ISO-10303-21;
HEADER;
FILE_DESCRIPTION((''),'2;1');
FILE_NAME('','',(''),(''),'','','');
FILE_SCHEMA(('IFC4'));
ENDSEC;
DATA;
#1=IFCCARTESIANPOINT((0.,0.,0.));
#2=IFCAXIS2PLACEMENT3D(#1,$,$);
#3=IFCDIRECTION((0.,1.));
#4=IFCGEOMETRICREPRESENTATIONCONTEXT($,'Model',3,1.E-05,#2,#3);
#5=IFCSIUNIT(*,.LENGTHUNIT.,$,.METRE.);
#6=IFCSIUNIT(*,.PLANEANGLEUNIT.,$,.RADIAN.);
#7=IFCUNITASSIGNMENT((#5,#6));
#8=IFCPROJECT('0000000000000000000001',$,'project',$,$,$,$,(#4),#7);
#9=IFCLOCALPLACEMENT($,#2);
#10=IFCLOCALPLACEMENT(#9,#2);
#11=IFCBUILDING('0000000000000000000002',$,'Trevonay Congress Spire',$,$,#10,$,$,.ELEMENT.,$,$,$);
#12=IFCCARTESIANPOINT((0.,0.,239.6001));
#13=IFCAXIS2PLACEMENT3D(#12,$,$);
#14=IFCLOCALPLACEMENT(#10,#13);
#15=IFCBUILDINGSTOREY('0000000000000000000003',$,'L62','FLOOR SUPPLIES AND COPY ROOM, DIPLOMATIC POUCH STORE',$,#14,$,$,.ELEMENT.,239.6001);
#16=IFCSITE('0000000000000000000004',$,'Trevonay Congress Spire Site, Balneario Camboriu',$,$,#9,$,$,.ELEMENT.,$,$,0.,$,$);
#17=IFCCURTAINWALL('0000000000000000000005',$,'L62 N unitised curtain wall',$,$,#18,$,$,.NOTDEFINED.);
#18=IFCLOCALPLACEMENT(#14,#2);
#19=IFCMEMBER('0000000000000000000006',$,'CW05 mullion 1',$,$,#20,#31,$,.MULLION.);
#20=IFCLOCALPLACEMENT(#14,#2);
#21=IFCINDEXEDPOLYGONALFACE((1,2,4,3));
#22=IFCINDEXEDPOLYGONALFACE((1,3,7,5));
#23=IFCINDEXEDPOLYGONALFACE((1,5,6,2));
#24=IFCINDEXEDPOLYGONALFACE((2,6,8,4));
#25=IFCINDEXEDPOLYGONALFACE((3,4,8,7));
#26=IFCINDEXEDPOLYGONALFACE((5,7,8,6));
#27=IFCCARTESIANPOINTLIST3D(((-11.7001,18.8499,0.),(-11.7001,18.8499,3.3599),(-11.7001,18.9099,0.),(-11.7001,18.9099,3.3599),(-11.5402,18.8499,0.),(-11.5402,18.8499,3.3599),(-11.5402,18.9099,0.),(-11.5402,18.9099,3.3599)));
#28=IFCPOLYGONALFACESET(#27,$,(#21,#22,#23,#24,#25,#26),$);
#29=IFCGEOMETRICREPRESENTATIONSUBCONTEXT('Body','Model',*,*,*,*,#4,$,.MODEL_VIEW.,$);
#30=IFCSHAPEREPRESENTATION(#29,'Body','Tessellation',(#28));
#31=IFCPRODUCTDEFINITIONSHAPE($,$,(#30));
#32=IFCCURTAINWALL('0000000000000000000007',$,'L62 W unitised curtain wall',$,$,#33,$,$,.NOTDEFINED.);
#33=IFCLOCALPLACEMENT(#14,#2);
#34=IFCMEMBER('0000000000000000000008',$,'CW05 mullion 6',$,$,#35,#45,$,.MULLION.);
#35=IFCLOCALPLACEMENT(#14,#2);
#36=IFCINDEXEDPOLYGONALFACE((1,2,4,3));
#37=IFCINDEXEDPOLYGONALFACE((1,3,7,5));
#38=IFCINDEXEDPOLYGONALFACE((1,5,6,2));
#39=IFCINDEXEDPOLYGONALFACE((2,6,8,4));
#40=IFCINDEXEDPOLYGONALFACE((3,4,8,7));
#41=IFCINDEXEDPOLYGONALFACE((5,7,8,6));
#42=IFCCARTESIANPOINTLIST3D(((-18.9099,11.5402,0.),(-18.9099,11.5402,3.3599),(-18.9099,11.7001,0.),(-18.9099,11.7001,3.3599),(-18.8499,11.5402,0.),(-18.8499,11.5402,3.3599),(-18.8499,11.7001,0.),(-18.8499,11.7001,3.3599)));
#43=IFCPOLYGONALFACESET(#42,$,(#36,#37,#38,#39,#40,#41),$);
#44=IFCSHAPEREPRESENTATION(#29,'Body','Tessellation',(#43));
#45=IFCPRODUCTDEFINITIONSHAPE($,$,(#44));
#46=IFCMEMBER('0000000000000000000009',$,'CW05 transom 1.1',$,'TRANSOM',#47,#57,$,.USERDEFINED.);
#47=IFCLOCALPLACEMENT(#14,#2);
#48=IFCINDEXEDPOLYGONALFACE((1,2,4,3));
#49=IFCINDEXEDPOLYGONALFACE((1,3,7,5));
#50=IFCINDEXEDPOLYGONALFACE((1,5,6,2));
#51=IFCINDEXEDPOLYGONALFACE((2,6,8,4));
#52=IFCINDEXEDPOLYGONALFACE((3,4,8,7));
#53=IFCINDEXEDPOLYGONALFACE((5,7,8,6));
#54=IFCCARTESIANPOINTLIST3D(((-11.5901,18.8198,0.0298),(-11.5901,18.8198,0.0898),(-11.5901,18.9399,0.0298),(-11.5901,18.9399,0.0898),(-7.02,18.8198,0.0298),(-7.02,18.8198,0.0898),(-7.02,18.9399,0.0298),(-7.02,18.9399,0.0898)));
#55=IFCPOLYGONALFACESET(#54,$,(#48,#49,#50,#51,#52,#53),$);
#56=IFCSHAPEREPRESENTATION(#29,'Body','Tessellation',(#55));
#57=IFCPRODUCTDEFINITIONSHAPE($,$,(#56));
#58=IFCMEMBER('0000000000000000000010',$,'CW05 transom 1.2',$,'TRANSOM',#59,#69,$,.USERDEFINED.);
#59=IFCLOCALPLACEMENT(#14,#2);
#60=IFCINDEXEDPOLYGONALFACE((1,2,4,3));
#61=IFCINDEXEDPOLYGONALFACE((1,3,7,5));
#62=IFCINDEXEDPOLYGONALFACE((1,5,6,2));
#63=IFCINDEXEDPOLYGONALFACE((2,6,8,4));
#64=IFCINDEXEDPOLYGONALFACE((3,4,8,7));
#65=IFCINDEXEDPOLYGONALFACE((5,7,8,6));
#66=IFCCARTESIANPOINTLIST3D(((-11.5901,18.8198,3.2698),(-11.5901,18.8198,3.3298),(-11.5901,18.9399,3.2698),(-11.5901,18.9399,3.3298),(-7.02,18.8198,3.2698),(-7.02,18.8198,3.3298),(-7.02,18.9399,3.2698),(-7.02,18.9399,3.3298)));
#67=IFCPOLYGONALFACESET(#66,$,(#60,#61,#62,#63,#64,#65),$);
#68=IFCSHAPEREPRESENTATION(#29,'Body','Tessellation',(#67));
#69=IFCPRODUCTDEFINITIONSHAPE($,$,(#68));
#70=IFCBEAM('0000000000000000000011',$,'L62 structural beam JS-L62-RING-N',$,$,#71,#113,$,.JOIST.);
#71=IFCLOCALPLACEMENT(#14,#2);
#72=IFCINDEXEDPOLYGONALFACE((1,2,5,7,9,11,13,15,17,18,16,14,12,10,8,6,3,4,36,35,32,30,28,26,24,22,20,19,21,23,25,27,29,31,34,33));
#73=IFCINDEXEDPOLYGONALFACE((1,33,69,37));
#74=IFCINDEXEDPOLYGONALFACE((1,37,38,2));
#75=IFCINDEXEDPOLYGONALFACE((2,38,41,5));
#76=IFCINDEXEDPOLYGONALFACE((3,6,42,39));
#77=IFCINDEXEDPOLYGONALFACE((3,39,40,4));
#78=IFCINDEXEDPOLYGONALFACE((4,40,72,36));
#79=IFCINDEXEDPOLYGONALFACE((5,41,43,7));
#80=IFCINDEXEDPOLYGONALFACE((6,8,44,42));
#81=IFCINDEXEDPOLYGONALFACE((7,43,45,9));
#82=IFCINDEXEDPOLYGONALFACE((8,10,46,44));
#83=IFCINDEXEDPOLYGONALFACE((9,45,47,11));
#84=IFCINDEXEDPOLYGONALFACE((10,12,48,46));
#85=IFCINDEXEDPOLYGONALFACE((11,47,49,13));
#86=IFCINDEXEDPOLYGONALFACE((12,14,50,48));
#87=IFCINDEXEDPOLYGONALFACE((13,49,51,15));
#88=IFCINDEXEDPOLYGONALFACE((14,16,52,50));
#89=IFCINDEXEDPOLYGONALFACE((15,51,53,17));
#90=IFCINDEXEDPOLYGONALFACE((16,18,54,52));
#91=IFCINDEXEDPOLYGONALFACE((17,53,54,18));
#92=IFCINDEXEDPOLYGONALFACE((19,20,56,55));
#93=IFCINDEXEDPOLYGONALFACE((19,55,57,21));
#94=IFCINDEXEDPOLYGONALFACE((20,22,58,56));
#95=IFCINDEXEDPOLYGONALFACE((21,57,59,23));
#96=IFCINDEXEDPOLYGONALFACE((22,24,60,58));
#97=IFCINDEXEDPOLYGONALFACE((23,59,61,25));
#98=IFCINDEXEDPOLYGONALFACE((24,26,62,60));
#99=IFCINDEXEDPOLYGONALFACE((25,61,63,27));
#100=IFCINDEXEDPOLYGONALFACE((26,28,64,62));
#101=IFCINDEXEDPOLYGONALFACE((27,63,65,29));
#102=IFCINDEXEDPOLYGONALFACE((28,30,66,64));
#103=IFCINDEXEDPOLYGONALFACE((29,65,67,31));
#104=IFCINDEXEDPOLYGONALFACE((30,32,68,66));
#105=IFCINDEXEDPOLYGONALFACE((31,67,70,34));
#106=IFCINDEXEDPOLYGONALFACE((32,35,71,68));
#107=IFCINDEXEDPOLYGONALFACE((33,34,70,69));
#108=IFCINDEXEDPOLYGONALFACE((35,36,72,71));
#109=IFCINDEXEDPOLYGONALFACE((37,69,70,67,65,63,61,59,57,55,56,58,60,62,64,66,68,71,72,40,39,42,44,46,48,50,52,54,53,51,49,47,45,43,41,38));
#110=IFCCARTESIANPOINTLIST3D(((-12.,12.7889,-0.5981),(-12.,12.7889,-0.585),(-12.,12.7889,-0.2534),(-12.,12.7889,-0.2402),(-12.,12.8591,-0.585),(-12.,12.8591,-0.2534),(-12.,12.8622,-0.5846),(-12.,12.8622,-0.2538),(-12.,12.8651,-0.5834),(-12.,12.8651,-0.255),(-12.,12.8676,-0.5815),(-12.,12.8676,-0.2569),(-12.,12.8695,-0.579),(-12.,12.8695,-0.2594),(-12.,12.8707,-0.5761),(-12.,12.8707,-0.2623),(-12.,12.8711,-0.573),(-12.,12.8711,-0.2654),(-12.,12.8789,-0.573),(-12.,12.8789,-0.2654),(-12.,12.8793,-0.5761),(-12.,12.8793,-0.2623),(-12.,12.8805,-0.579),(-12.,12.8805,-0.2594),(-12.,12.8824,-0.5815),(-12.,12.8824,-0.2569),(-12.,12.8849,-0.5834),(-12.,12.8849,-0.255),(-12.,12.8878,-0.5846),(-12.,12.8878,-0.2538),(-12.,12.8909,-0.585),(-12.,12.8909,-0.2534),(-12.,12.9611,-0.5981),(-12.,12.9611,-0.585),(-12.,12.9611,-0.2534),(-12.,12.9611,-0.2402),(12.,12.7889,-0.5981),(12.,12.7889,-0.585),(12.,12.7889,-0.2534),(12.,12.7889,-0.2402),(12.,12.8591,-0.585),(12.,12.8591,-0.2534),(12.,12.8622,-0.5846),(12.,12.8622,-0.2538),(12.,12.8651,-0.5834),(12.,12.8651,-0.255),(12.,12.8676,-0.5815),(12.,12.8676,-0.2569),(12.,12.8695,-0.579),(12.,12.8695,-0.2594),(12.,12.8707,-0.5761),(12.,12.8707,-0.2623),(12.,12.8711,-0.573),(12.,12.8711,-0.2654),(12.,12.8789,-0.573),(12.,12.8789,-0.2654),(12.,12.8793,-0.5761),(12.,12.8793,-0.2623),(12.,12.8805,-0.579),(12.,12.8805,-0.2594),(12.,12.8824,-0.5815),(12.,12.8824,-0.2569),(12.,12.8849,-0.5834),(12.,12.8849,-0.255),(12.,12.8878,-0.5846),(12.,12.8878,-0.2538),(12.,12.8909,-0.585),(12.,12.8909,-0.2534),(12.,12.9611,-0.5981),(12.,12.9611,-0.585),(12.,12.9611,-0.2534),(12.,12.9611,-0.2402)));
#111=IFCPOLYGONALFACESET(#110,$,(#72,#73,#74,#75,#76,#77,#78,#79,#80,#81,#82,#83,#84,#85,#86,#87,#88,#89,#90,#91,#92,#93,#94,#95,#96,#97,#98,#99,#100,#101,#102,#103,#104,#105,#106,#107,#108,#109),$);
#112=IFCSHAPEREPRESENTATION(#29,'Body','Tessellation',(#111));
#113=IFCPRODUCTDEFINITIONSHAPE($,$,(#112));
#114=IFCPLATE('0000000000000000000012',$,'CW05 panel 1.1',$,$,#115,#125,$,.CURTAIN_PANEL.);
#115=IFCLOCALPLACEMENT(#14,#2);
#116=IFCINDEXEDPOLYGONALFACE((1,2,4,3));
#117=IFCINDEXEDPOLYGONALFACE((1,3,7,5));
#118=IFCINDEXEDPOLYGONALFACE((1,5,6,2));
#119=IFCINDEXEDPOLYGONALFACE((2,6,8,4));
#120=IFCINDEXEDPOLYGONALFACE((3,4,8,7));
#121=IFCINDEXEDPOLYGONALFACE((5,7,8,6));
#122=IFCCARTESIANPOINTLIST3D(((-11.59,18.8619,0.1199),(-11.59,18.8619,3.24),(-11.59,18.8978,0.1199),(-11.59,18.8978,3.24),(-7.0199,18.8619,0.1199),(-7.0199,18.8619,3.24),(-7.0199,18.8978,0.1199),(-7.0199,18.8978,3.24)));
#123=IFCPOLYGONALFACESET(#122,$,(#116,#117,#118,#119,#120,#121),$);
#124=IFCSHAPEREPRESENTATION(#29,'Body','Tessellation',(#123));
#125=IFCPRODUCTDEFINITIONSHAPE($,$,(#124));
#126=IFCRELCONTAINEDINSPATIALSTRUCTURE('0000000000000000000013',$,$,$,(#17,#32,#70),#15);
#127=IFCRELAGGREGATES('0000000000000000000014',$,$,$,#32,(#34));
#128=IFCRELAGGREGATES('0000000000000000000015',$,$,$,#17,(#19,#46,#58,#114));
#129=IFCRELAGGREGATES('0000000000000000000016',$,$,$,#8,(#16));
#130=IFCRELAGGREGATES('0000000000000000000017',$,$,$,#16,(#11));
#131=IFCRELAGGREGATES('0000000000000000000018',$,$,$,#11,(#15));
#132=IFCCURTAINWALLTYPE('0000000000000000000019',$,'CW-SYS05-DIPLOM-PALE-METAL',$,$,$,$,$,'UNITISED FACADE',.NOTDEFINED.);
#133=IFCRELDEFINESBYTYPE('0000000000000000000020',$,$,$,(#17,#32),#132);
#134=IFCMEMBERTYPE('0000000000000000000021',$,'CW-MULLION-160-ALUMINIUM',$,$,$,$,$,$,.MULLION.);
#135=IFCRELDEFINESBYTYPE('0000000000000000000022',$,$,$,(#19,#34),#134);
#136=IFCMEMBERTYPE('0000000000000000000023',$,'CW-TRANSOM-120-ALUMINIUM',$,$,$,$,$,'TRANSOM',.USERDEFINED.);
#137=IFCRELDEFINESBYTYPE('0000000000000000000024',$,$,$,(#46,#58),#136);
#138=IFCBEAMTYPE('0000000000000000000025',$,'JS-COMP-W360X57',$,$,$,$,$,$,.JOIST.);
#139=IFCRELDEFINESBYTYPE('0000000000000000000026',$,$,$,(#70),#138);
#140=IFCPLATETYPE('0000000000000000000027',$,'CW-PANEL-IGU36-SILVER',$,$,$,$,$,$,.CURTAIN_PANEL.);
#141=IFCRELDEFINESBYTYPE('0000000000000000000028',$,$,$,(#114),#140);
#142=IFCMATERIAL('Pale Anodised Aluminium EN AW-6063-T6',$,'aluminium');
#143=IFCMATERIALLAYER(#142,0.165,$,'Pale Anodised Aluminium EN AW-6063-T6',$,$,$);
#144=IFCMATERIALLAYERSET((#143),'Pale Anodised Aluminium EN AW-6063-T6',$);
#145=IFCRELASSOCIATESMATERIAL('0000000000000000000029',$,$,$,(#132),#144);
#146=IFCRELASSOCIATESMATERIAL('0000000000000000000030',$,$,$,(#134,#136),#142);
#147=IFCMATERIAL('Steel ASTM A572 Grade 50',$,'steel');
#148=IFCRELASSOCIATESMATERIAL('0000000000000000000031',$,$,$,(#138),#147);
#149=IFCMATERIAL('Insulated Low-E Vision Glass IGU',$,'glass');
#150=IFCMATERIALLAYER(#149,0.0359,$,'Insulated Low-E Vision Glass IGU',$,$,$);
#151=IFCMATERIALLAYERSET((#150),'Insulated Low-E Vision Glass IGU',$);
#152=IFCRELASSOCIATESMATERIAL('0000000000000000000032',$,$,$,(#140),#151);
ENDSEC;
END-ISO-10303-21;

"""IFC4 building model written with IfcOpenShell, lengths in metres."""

from ifc_helpers import new_model, si_unit, direction, frame, origin, origin_2d, place, context, subcontext, project, spatial, rectangle, i_section, extrude, material, layer, layer_set, material_profile, profile_set, type_object, element, aggregate, save


model = new_model("IFC4")

# Units and contexts
model_context = context("Model", 3, precision=1e-05, world=origin(), true_north=direction((0.0, 1.0)))
body_context = subcontext(model_context, "Body", "Model", "MODEL_VIEW")
ifc_project = project(units=[si_unit("LENGTHUNIT", "METRE"), si_unit("PLANEANGLEUNIT", "RADIAN")], contexts=[model_context])

# Site, building, storey
site_placement = place(None, origin())
site = spatial("IfcSite", under=ifc_project, at=site_placement, Name="Trevonay Congress Spire Site, Balneario Camboriu", CompositionType="ELEMENT", RefElevation=0.0)
building_placement = place(site_placement, origin())
building = spatial("IfcBuilding", under=site, at=building_placement, Name="Trevonay Congress Spire", CompositionType="ELEMENT")
storey_placement = place(building_placement, frame((0.0, 0.0, 239.6001)))
storey = spatial("IfcBuildingStorey", under=building, at=storey_placement, Name="L62", Description="FLOOR SUPPLIES AND COPY ROOM, DIPLOMATIC POUCH STORE", CompositionType="ELEMENT", Elevation=239.6001)

# Shared definitions
ifc_material_1 = material(Name="Steel ASTM A572 Grade 50", Category="steel")

# Curtain walls, members
ifc_material_2 = material(Name="Pale Anodised Aluminium EN AW-6063-T6", Category="aluminium")
ifc_layer_1 = layer(ifc_material_2, 0.165, Name="Pale Anodised Aluminium EN AW-6063-T6")
ifc_layer_set_1 = layer_set([ifc_layer_1], Name="Pale Anodised Aluminium EN AW-6063-T6")
curtain_wall_type = type_object("IfcCurtainWallType", Name="CW-SYS05-DIPLOM-PALE-METAL", ElementType="UNITISED FACADE", PredefinedType="NOTDEFINED", material=ifc_layer_set_1)
curtain_wall_1_placement = place(storey_placement, origin())
curtain_wall_1 = element("IfcCurtainWall", 1, at=curtain_wall_1_placement, inside=storey, type_object=curtain_wall_type, Name="L62 N unitised curtain wall", PredefinedType="NOTDEFINED")
ifc_material_profile_1 = material_profile(ifc_material_2, rectangle(XDim=0.0601, YDim=0.1599, at=origin_2d()), Name="CW-MULLION-160-ALUMINIUM")
ifc_profile_set_1 = profile_set([ifc_material_profile_1], Name="Pale Anodised Aluminium EN AW-6063-T6")
member_type_1 = type_object("IfcMemberType", Name="CW-MULLION-160-ALUMINIUM", PredefinedType="MULLION", material=ifc_profile_set_1)
member_1_placement = place(storey_placement, frame((-11.6201, 18.8799, 0.0), z_axis=(0.0, 0.0, 1.0), x_axis=(0.0, 1.0, 0.0)))
member_1 = element("IfcMember", 2, at=member_1_placement, type_object=member_type_1, Name="CW05 mullion 1", PredefinedType="MULLION", context=body_context, shape_type="SweptSolid", body=[
    extrude(rectangle(XDim=0.0601, YDim=0.1599, at=origin_2d()), origin(), (0.0, 0.0, 1.0), 3.3599),
])
curtain_wall_2_placement = place(storey_placement, origin())
curtain_wall_2 = element("IfcCurtainWall", 3, at=curtain_wall_2_placement, inside=storey, type_object=curtain_wall_type, Name="L62 W unitised curtain wall", PredefinedType="NOTDEFINED")
member_2_placement = place(storey_placement, frame((-18.8799, 11.6201, 0.0), z_axis=(0.0, 0.0, 1.0), x_axis=(-1.0, 0.0, 0.0)))
member_2 = element("IfcMember", 4, at=member_2_placement, type_object=member_type_1, Name="CW05 mullion 6", PredefinedType="MULLION", context=body_context, shape_type="SweptSolid", body=[
    extrude(rectangle(XDim=0.0601, YDim=0.1599, at=origin_2d()), origin(), (0.0, 0.0, 1.0), 3.3599),
])
aggregate(curtain_wall_2, [member_2])

# Members
ifc_material_profile_2 = material_profile(ifc_material_2, rectangle(XDim=0.1201, YDim=0.0601, at=origin_2d()), Name="CW-TRANSOM-120-ALUMINIUM")
ifc_profile_set_2 = profile_set([ifc_material_profile_2], Name="Pale Anodised Aluminium EN AW-6063-T6")
member_type_2 = type_object("IfcMemberType", Name="CW-TRANSOM-120-ALUMINIUM", ElementType="TRANSOM", PredefinedType="USERDEFINED", material=ifc_profile_set_2)
member_3_placement = place(storey_placement, frame((-11.5901, 18.8799, 0.0598), z_axis=(1.0, 0.0, 0.0), x_axis=(0.0, 1.0, 0.0)))
member_3 = element("IfcMember", 5, at=member_3_placement, type_object=member_type_2, Name="CW05 transom 1.1", ObjectType="TRANSOM", PredefinedType="USERDEFINED", context=body_context, shape_type="SweptSolid", body=[
    extrude(rectangle(XDim=0.1201, YDim=0.0601, at=origin_2d()), origin(), (0.0, 0.0, 1.0), 4.5701),
])
member_4_placement = place(storey_placement, frame((-11.5901, 18.8799, 3.2998), z_axis=(1.0, 0.0, 0.0), x_axis=(0.0, 1.0, 0.0)))
member_4 = element("IfcMember", 6, at=member_4_placement, type_object=member_type_2, Name="CW05 transom 1.2", ObjectType="TRANSOM", PredefinedType="USERDEFINED", context=body_context, shape_type="SweptSolid", body=[
    extrude(rectangle(XDim=0.1201, YDim=0.0601, at=origin_2d()), origin(), (0.0, 0.0, 1.0), 4.5701),
])

# Beam
ifc_material_profile_3 = material_profile(ifc_material_1, i_section(OverallWidth=0.1721, OverallDepth=0.3579, WebThickness=0.0078, FlangeThickness=0.0132, FilletRadius=0.012, at=origin_2d()), Name="W360x57.8")
ifc_profile_set_3 = profile_set([ifc_material_profile_3], Name="Steel ASTM A572 Grade 50")
beam_type_1 = type_object("IfcBeamType", Name="JS-COMP-W360X57", PredefinedType="JOIST", material=ifc_profile_set_3)
beam_1_placement = place(storey_placement, frame((-12.0, 12.875, -0.4192), z_axis=(1.0, 0.0, 0.0), x_axis=(0.0, 1.0, 0.0)))
element("IfcBeam", 7, at=beam_1_placement, inside=storey, type_object=beam_type_1, Name="L62 structural beam JS-L62-RING-N", PredefinedType="JOIST", context=body_context, shape_type="SweptSolid", body=[
    extrude(i_section(OverallWidth=0.1721, OverallDepth=0.3579, WebThickness=0.0078, FlangeThickness=0.0132, FilletRadius=0.012, at=origin_2d()), origin(), (0.0, 0.0, 1.0), 24.0),
])

# Plate
ifc_material_3 = material(Name="Insulated Low-E Vision Glass IGU", Category="glass")
ifc_layer_2 = layer(ifc_material_3, 0.0359, Name="Insulated Low-E Vision Glass IGU")
ifc_layer_set_2 = layer_set([ifc_layer_2], Name="Insulated Low-E Vision Glass IGU")
plate_type = type_object("IfcPlateType", Name="CW-PANEL-IGU36-SILVER", PredefinedType="CURTAIN_PANEL", material=ifc_layer_set_2)
plate_placement = place(storey_placement, frame((-9.3049, 18.8799, 0.1199), z_axis=(0.0, 0.0, 1.0), x_axis=(1.0, 0.0, 0.0)))
plate = element("IfcPlate", 8, at=plate_placement, type_object=plate_type, Name="CW05 panel 1.1", PredefinedType="CURTAIN_PANEL", context=body_context, shape_type="SweptSolid", body=[
    extrude(rectangle(XDim=4.5701, YDim=0.0359, at=origin_2d()), origin(), (0.0, 0.0, 1.0), 3.1201),
])
aggregate(curtain_wall_1, [member_1, member_3, member_4, plate])

save(model, "model.ifc")
